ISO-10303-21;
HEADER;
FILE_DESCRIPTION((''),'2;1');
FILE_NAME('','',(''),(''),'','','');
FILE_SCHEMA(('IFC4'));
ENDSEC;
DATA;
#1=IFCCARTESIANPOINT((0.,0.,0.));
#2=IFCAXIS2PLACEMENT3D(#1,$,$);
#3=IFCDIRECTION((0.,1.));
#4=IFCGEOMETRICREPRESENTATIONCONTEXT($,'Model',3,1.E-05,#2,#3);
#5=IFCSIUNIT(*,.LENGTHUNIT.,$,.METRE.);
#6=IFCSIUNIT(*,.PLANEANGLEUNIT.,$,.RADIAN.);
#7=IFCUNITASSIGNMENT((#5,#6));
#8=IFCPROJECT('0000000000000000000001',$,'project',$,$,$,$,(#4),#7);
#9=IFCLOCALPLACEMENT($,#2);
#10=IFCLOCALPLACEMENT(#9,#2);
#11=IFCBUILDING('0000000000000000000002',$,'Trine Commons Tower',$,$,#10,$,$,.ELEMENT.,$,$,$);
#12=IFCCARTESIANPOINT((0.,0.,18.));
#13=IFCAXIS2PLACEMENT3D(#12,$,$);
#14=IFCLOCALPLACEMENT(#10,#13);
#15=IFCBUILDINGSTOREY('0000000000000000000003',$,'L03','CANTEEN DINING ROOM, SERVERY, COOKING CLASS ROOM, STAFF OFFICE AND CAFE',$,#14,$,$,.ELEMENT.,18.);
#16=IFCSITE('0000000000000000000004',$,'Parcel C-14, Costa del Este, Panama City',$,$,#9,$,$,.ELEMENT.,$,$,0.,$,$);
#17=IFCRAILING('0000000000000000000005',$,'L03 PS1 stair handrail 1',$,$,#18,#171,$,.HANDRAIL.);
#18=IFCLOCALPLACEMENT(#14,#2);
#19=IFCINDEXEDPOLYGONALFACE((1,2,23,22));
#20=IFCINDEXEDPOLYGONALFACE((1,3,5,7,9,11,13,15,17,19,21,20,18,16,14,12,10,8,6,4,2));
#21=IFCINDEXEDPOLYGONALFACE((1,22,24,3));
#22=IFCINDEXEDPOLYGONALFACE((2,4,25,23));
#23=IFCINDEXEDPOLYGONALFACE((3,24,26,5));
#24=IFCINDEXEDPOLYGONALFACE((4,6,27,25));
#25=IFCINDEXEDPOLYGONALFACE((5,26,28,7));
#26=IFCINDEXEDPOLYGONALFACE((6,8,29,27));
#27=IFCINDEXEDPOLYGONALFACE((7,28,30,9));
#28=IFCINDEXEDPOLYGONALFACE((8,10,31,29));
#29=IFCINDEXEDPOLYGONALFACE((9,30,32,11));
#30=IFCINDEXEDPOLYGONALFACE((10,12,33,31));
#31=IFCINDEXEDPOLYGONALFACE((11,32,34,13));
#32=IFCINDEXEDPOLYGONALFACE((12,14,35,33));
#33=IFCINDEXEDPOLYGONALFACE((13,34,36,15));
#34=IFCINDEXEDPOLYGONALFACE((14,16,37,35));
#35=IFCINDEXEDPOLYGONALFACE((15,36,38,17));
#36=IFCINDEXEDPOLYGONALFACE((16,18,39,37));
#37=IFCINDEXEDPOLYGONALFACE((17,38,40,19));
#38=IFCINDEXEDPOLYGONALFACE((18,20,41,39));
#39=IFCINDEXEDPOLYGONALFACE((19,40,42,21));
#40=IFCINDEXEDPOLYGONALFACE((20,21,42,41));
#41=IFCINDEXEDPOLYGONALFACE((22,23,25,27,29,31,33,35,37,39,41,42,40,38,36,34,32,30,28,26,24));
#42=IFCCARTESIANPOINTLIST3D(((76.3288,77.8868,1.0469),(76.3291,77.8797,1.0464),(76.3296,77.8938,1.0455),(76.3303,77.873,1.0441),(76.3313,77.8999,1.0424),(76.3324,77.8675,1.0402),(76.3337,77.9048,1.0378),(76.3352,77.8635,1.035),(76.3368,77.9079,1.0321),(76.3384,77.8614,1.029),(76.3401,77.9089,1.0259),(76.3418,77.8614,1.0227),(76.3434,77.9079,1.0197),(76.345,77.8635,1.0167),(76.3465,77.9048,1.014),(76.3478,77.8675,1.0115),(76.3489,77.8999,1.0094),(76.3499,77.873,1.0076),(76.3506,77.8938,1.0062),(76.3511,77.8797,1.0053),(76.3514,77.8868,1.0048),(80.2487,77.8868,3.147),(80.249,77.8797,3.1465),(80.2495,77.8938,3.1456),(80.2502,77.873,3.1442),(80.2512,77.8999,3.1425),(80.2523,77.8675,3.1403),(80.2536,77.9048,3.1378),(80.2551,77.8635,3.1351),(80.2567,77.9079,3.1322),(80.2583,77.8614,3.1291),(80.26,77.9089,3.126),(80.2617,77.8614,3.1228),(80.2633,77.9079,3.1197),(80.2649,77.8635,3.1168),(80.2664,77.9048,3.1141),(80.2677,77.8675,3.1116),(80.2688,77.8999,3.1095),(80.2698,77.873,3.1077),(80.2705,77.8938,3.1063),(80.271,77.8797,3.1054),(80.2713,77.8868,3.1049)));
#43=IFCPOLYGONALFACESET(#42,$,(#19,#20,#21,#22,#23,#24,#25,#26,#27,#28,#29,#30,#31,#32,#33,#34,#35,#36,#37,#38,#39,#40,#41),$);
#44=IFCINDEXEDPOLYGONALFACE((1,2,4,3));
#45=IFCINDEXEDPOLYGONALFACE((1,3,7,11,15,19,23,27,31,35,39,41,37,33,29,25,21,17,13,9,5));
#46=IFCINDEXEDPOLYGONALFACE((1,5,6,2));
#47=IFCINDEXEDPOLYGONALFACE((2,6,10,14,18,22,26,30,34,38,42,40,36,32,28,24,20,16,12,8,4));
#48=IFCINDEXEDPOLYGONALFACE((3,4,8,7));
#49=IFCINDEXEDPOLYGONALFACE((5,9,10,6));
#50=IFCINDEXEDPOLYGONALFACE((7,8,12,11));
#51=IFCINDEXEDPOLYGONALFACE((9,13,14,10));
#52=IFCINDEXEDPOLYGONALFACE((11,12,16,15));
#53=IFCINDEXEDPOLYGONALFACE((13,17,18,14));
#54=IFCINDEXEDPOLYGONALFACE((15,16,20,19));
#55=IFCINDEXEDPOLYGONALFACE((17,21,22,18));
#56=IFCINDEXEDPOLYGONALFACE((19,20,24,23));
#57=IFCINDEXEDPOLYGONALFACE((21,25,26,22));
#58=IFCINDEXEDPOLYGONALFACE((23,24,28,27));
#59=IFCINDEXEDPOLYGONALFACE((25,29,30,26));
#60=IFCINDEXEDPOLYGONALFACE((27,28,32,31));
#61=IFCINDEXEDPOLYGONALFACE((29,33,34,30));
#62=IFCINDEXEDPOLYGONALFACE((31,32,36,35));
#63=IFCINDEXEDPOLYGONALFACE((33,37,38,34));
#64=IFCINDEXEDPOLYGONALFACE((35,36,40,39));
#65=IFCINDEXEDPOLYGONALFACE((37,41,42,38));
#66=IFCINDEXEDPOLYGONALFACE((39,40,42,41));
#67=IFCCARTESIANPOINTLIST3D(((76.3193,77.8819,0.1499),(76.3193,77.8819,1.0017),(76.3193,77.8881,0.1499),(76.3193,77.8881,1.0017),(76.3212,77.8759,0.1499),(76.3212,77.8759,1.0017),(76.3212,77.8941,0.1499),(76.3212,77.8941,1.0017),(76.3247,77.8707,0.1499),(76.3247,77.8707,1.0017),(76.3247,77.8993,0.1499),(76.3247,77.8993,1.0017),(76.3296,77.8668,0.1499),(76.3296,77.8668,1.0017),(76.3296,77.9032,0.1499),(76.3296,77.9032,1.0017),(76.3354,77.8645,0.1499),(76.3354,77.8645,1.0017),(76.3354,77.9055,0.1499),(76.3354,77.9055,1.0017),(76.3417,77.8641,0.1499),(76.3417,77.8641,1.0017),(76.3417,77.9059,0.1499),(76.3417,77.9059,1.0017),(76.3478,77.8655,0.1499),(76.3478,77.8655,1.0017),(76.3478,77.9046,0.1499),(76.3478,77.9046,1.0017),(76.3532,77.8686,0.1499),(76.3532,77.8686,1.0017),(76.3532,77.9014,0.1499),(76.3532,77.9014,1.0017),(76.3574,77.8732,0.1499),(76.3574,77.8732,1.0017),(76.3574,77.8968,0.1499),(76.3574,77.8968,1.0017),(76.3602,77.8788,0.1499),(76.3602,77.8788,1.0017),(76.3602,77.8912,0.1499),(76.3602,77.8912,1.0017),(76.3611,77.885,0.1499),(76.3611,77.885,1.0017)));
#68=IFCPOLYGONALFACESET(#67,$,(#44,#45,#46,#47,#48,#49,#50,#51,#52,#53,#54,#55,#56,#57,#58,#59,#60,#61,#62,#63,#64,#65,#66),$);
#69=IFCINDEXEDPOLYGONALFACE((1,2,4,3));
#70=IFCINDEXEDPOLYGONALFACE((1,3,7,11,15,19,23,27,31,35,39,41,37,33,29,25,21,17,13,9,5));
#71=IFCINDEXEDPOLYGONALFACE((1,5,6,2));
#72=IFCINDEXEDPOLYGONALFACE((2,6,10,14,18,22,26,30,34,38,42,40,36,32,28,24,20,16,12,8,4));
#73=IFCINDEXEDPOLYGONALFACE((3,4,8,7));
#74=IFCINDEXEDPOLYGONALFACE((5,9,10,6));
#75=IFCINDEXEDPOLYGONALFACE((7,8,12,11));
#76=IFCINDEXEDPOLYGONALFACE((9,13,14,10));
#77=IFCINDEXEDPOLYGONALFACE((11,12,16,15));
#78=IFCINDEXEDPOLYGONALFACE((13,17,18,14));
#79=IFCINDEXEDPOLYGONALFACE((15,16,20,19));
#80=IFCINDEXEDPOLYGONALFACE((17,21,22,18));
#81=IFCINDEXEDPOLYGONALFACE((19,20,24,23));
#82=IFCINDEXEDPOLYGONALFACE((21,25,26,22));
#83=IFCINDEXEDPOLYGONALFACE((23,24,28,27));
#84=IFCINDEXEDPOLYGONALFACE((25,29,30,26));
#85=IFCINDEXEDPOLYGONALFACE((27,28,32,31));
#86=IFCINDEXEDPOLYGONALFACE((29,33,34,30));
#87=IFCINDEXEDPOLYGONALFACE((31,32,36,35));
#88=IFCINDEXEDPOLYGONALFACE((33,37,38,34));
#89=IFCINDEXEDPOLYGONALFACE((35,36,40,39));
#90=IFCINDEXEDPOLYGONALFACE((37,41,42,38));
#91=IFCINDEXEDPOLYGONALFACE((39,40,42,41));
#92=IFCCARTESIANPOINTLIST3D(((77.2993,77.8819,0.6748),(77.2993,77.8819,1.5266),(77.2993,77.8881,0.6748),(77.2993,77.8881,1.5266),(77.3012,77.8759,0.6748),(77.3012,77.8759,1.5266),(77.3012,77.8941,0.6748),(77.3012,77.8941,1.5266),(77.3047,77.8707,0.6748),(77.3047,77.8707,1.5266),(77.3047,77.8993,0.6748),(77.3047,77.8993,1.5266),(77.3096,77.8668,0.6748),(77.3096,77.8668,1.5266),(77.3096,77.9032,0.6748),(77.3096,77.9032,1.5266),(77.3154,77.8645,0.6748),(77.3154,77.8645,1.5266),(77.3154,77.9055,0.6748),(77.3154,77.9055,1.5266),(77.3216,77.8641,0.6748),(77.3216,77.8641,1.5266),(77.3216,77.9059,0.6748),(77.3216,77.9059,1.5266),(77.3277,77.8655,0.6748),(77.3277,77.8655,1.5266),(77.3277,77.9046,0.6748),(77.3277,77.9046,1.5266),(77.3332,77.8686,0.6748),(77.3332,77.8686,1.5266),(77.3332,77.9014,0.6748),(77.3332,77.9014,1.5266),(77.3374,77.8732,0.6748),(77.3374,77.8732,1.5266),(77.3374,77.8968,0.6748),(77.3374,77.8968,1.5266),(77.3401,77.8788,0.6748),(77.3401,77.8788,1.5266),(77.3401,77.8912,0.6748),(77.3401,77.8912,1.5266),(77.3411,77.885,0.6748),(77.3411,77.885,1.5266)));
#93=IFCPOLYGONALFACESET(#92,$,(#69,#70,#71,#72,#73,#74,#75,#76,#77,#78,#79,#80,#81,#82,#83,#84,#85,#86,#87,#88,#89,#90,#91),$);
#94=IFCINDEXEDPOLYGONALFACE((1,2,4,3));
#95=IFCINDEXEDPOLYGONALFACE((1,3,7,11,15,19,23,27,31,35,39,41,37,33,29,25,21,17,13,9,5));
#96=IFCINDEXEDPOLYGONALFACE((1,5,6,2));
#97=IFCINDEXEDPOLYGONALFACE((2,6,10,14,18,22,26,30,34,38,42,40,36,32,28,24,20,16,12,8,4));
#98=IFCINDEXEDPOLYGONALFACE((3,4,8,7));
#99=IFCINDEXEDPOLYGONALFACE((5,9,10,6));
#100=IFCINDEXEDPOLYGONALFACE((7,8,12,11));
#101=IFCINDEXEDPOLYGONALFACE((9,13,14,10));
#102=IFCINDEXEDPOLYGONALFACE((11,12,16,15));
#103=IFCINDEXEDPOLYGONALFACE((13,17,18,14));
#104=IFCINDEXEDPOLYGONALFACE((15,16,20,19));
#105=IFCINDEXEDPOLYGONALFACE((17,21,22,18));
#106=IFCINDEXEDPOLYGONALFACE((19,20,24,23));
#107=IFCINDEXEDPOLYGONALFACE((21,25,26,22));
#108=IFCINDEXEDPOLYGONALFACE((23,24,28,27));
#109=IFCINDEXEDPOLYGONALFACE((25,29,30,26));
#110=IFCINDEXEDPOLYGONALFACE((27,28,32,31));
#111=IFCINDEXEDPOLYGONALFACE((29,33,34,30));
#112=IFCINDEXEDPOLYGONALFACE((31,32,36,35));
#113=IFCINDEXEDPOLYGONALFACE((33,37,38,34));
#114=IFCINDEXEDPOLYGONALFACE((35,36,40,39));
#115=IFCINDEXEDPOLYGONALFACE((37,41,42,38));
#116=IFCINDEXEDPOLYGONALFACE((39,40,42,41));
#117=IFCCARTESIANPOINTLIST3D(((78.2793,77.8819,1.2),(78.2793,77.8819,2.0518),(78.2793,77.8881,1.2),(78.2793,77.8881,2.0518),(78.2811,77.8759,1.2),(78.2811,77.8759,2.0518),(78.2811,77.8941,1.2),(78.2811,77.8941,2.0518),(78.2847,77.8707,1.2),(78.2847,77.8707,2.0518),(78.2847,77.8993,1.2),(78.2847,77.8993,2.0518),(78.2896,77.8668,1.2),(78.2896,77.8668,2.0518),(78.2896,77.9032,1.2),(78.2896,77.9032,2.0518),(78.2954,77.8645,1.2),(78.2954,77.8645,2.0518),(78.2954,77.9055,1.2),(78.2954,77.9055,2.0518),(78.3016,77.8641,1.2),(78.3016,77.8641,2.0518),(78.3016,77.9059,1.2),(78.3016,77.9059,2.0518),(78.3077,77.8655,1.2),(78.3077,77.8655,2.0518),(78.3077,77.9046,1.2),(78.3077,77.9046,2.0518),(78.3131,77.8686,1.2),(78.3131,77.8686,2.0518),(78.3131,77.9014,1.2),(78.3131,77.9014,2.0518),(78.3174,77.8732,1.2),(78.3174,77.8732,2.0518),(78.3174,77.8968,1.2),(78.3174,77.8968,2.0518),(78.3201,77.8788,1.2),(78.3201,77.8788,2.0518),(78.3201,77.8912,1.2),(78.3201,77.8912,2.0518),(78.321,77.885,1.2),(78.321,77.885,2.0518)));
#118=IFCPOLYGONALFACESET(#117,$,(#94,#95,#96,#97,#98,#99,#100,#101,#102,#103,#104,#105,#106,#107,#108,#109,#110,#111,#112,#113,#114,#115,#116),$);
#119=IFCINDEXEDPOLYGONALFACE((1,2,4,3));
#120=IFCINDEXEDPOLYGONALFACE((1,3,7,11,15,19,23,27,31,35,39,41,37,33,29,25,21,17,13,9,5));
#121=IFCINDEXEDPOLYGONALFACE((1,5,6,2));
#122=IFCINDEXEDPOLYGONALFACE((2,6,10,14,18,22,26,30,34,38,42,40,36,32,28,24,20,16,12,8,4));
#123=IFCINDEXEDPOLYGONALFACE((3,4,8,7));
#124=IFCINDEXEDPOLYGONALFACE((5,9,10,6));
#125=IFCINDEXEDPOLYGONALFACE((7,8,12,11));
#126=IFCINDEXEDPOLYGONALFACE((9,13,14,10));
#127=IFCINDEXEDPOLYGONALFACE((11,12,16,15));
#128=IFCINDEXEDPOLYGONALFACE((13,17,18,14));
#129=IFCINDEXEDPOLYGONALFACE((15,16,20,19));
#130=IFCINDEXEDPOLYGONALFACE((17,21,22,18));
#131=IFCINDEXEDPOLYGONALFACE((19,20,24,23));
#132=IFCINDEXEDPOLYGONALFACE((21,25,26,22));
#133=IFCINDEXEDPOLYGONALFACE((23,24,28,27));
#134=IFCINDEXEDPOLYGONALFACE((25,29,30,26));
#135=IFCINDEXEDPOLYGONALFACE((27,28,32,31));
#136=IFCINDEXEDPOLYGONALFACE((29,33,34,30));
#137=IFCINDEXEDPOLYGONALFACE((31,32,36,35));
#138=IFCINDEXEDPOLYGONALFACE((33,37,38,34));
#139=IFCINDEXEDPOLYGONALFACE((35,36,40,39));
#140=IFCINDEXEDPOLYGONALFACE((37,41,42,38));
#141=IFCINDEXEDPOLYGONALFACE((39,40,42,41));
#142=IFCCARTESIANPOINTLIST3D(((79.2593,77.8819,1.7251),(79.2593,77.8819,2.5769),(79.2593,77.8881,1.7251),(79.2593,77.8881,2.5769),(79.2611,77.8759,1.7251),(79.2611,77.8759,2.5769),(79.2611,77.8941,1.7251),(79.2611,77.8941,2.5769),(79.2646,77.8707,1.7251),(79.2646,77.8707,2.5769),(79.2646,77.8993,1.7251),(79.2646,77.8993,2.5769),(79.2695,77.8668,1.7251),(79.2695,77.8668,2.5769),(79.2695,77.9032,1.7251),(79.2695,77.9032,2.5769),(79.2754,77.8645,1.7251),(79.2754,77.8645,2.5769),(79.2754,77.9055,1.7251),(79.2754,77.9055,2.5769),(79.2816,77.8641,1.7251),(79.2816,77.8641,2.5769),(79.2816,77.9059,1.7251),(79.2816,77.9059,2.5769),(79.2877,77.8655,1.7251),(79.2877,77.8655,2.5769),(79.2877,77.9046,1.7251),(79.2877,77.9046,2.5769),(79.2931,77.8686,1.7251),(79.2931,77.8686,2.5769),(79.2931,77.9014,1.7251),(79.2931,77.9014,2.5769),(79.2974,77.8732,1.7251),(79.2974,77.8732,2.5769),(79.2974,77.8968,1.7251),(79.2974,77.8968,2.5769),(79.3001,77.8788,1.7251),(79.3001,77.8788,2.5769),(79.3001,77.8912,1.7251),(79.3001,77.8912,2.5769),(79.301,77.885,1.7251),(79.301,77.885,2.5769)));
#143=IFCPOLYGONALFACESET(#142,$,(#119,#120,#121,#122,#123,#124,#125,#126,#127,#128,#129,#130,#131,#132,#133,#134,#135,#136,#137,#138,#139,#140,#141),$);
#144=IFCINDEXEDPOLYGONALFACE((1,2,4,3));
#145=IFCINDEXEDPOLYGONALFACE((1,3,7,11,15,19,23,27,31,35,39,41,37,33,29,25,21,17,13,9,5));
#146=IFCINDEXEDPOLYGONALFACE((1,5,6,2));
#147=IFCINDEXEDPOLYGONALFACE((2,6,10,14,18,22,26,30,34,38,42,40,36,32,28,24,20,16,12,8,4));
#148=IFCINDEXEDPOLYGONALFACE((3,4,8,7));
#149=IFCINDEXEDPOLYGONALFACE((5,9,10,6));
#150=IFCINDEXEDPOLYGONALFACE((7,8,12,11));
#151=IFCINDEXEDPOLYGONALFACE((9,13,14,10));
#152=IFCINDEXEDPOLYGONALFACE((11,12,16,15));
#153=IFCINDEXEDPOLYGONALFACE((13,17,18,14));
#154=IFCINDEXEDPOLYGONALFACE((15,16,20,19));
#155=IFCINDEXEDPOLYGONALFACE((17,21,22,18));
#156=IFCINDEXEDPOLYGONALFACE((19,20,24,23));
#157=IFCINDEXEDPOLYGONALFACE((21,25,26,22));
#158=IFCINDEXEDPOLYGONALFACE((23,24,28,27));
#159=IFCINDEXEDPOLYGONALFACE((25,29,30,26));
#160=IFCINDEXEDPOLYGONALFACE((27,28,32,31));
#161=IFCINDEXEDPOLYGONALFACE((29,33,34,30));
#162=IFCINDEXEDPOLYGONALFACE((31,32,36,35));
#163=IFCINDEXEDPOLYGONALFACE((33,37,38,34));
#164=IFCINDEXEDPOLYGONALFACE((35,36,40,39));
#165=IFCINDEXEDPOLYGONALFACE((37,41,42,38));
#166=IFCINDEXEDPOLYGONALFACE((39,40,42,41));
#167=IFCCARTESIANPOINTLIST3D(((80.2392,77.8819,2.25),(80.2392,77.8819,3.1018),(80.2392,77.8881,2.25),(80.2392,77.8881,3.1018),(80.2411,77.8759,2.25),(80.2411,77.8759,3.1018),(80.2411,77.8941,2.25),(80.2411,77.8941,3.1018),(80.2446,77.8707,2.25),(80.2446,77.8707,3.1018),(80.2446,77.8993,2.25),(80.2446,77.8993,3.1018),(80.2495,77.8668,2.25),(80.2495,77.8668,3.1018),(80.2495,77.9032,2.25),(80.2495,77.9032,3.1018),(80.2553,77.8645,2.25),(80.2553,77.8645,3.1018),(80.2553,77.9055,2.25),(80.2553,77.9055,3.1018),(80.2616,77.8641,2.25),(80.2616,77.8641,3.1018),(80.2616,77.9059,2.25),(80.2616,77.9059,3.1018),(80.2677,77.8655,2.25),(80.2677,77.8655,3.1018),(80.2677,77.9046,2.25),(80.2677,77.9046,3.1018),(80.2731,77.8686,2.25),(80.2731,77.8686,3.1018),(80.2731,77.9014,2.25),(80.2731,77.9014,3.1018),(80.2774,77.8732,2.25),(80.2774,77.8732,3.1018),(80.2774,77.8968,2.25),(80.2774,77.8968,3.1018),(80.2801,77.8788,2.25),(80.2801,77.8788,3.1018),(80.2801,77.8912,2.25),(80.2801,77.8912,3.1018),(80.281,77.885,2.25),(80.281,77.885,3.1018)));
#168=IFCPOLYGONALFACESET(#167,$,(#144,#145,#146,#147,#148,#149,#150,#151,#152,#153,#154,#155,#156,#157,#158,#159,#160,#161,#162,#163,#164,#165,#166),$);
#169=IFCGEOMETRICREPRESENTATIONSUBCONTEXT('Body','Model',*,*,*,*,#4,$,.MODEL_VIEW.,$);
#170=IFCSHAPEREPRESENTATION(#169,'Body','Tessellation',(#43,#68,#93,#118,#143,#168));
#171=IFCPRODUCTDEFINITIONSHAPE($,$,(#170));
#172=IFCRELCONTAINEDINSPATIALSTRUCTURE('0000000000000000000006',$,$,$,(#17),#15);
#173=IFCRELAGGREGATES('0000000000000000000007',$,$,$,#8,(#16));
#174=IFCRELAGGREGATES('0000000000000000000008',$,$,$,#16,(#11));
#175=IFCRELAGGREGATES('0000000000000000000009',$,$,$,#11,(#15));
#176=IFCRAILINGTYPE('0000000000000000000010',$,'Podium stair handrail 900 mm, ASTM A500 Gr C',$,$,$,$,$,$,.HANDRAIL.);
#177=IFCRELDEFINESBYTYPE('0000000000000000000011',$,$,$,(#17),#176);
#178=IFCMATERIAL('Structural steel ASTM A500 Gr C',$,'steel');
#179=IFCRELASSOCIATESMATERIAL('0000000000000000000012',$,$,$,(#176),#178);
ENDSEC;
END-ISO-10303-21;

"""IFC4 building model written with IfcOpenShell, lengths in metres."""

from ifc_helpers import new_model, si_unit, direction, frame, origin, origin_2d, place, context, subcontext, project, spatial, circle, extrude, material, type_object, element, save


model = new_model("IFC4")

# Units and contexts
model_context = context("Model", 3, precision=1e-05, world=origin(), true_north=direction((0.0, 1.0)))
body_context = subcontext(model_context, "Body", "Model", "MODEL_VIEW")
ifc_project = project(units=[si_unit("LENGTHUNIT", "METRE"), si_unit("PLANEANGLEUNIT", "RADIAN")], contexts=[model_context])

# Site, building, storey
site_placement = place(None, origin())
site = spatial("IfcSite", under=ifc_project, at=site_placement, Name="Parcel C-14, Costa del Este, Panama City", CompositionType="ELEMENT", RefElevation=0.0)
building_placement = place(site_placement, origin())
building = spatial("IfcBuilding", under=site, at=building_placement, Name="Trine Commons Tower", CompositionType="ELEMENT")
storey_placement = place(building_placement, frame((0.0, 0.0, 18.0)))
storey = spatial("IfcBuildingStorey", under=building, at=storey_placement, Name="L03", Description="CANTEEN DINING ROOM, SERVERY, COOKING CLASS ROOM, STAFF OFFICE AND CAFE", CompositionType="ELEMENT", Elevation=18.0)

# Railing
ifc_material_1 = material(Name="Structural steel ASTM A500 Gr C", Category="steel")
railing_type_1 = type_object("IfcRailingType", Name="Podium stair handrail 900 mm, ASTM A500 Gr C", PredefinedType="HANDRAIL", material=ifc_material_1)
railing_1_placement = place(storey_placement, frame((76.3401, 77.885, 0.1499)))
element("IfcRailing", 1, at=railing_1_placement, inside=storey, type_object=railing_type_1, Name="L03 PS1 stair handrail 1", PredefinedType="HANDRAIL", context=body_context, shape_type="SweptSolid", body=[
    extrude(circle(Radius=0.0239, at=origin_2d()), frame((0.0, 0.0, 0.876), z_axis=(0.881467, 0.0, 0.472246), x_axis=(0.0, 1.0, 0.0)), (0.0, 0.0, 1.0), 4.447),
    extrude(circle(Radius=0.021, at=origin_2d()), origin(), (0.0, 0.0, 1.0), 0.8518),
    extrude(circle(Radius=0.021, at=origin_2d()), frame((0.98, 0.0, 0.5249)), (0.0, 0.0, 1.0), 0.8518),
    extrude(circle(Radius=0.021, at=origin_2d()), frame((1.96, 0.0, 1.05)), (0.0, 0.0, 1.0), 0.8518),
    extrude(circle(Radius=0.021, at=origin_2d()), frame((2.9399, 0.0, 1.5752)), (0.0, 0.0, 1.0), 0.8518),
    extrude(circle(Radius=0.021, at=origin_2d()), frame((3.9199, 0.0, 2.1001)), (0.0, 0.0, 1.0), 0.8518),
])

save(model, "model.ifc")
